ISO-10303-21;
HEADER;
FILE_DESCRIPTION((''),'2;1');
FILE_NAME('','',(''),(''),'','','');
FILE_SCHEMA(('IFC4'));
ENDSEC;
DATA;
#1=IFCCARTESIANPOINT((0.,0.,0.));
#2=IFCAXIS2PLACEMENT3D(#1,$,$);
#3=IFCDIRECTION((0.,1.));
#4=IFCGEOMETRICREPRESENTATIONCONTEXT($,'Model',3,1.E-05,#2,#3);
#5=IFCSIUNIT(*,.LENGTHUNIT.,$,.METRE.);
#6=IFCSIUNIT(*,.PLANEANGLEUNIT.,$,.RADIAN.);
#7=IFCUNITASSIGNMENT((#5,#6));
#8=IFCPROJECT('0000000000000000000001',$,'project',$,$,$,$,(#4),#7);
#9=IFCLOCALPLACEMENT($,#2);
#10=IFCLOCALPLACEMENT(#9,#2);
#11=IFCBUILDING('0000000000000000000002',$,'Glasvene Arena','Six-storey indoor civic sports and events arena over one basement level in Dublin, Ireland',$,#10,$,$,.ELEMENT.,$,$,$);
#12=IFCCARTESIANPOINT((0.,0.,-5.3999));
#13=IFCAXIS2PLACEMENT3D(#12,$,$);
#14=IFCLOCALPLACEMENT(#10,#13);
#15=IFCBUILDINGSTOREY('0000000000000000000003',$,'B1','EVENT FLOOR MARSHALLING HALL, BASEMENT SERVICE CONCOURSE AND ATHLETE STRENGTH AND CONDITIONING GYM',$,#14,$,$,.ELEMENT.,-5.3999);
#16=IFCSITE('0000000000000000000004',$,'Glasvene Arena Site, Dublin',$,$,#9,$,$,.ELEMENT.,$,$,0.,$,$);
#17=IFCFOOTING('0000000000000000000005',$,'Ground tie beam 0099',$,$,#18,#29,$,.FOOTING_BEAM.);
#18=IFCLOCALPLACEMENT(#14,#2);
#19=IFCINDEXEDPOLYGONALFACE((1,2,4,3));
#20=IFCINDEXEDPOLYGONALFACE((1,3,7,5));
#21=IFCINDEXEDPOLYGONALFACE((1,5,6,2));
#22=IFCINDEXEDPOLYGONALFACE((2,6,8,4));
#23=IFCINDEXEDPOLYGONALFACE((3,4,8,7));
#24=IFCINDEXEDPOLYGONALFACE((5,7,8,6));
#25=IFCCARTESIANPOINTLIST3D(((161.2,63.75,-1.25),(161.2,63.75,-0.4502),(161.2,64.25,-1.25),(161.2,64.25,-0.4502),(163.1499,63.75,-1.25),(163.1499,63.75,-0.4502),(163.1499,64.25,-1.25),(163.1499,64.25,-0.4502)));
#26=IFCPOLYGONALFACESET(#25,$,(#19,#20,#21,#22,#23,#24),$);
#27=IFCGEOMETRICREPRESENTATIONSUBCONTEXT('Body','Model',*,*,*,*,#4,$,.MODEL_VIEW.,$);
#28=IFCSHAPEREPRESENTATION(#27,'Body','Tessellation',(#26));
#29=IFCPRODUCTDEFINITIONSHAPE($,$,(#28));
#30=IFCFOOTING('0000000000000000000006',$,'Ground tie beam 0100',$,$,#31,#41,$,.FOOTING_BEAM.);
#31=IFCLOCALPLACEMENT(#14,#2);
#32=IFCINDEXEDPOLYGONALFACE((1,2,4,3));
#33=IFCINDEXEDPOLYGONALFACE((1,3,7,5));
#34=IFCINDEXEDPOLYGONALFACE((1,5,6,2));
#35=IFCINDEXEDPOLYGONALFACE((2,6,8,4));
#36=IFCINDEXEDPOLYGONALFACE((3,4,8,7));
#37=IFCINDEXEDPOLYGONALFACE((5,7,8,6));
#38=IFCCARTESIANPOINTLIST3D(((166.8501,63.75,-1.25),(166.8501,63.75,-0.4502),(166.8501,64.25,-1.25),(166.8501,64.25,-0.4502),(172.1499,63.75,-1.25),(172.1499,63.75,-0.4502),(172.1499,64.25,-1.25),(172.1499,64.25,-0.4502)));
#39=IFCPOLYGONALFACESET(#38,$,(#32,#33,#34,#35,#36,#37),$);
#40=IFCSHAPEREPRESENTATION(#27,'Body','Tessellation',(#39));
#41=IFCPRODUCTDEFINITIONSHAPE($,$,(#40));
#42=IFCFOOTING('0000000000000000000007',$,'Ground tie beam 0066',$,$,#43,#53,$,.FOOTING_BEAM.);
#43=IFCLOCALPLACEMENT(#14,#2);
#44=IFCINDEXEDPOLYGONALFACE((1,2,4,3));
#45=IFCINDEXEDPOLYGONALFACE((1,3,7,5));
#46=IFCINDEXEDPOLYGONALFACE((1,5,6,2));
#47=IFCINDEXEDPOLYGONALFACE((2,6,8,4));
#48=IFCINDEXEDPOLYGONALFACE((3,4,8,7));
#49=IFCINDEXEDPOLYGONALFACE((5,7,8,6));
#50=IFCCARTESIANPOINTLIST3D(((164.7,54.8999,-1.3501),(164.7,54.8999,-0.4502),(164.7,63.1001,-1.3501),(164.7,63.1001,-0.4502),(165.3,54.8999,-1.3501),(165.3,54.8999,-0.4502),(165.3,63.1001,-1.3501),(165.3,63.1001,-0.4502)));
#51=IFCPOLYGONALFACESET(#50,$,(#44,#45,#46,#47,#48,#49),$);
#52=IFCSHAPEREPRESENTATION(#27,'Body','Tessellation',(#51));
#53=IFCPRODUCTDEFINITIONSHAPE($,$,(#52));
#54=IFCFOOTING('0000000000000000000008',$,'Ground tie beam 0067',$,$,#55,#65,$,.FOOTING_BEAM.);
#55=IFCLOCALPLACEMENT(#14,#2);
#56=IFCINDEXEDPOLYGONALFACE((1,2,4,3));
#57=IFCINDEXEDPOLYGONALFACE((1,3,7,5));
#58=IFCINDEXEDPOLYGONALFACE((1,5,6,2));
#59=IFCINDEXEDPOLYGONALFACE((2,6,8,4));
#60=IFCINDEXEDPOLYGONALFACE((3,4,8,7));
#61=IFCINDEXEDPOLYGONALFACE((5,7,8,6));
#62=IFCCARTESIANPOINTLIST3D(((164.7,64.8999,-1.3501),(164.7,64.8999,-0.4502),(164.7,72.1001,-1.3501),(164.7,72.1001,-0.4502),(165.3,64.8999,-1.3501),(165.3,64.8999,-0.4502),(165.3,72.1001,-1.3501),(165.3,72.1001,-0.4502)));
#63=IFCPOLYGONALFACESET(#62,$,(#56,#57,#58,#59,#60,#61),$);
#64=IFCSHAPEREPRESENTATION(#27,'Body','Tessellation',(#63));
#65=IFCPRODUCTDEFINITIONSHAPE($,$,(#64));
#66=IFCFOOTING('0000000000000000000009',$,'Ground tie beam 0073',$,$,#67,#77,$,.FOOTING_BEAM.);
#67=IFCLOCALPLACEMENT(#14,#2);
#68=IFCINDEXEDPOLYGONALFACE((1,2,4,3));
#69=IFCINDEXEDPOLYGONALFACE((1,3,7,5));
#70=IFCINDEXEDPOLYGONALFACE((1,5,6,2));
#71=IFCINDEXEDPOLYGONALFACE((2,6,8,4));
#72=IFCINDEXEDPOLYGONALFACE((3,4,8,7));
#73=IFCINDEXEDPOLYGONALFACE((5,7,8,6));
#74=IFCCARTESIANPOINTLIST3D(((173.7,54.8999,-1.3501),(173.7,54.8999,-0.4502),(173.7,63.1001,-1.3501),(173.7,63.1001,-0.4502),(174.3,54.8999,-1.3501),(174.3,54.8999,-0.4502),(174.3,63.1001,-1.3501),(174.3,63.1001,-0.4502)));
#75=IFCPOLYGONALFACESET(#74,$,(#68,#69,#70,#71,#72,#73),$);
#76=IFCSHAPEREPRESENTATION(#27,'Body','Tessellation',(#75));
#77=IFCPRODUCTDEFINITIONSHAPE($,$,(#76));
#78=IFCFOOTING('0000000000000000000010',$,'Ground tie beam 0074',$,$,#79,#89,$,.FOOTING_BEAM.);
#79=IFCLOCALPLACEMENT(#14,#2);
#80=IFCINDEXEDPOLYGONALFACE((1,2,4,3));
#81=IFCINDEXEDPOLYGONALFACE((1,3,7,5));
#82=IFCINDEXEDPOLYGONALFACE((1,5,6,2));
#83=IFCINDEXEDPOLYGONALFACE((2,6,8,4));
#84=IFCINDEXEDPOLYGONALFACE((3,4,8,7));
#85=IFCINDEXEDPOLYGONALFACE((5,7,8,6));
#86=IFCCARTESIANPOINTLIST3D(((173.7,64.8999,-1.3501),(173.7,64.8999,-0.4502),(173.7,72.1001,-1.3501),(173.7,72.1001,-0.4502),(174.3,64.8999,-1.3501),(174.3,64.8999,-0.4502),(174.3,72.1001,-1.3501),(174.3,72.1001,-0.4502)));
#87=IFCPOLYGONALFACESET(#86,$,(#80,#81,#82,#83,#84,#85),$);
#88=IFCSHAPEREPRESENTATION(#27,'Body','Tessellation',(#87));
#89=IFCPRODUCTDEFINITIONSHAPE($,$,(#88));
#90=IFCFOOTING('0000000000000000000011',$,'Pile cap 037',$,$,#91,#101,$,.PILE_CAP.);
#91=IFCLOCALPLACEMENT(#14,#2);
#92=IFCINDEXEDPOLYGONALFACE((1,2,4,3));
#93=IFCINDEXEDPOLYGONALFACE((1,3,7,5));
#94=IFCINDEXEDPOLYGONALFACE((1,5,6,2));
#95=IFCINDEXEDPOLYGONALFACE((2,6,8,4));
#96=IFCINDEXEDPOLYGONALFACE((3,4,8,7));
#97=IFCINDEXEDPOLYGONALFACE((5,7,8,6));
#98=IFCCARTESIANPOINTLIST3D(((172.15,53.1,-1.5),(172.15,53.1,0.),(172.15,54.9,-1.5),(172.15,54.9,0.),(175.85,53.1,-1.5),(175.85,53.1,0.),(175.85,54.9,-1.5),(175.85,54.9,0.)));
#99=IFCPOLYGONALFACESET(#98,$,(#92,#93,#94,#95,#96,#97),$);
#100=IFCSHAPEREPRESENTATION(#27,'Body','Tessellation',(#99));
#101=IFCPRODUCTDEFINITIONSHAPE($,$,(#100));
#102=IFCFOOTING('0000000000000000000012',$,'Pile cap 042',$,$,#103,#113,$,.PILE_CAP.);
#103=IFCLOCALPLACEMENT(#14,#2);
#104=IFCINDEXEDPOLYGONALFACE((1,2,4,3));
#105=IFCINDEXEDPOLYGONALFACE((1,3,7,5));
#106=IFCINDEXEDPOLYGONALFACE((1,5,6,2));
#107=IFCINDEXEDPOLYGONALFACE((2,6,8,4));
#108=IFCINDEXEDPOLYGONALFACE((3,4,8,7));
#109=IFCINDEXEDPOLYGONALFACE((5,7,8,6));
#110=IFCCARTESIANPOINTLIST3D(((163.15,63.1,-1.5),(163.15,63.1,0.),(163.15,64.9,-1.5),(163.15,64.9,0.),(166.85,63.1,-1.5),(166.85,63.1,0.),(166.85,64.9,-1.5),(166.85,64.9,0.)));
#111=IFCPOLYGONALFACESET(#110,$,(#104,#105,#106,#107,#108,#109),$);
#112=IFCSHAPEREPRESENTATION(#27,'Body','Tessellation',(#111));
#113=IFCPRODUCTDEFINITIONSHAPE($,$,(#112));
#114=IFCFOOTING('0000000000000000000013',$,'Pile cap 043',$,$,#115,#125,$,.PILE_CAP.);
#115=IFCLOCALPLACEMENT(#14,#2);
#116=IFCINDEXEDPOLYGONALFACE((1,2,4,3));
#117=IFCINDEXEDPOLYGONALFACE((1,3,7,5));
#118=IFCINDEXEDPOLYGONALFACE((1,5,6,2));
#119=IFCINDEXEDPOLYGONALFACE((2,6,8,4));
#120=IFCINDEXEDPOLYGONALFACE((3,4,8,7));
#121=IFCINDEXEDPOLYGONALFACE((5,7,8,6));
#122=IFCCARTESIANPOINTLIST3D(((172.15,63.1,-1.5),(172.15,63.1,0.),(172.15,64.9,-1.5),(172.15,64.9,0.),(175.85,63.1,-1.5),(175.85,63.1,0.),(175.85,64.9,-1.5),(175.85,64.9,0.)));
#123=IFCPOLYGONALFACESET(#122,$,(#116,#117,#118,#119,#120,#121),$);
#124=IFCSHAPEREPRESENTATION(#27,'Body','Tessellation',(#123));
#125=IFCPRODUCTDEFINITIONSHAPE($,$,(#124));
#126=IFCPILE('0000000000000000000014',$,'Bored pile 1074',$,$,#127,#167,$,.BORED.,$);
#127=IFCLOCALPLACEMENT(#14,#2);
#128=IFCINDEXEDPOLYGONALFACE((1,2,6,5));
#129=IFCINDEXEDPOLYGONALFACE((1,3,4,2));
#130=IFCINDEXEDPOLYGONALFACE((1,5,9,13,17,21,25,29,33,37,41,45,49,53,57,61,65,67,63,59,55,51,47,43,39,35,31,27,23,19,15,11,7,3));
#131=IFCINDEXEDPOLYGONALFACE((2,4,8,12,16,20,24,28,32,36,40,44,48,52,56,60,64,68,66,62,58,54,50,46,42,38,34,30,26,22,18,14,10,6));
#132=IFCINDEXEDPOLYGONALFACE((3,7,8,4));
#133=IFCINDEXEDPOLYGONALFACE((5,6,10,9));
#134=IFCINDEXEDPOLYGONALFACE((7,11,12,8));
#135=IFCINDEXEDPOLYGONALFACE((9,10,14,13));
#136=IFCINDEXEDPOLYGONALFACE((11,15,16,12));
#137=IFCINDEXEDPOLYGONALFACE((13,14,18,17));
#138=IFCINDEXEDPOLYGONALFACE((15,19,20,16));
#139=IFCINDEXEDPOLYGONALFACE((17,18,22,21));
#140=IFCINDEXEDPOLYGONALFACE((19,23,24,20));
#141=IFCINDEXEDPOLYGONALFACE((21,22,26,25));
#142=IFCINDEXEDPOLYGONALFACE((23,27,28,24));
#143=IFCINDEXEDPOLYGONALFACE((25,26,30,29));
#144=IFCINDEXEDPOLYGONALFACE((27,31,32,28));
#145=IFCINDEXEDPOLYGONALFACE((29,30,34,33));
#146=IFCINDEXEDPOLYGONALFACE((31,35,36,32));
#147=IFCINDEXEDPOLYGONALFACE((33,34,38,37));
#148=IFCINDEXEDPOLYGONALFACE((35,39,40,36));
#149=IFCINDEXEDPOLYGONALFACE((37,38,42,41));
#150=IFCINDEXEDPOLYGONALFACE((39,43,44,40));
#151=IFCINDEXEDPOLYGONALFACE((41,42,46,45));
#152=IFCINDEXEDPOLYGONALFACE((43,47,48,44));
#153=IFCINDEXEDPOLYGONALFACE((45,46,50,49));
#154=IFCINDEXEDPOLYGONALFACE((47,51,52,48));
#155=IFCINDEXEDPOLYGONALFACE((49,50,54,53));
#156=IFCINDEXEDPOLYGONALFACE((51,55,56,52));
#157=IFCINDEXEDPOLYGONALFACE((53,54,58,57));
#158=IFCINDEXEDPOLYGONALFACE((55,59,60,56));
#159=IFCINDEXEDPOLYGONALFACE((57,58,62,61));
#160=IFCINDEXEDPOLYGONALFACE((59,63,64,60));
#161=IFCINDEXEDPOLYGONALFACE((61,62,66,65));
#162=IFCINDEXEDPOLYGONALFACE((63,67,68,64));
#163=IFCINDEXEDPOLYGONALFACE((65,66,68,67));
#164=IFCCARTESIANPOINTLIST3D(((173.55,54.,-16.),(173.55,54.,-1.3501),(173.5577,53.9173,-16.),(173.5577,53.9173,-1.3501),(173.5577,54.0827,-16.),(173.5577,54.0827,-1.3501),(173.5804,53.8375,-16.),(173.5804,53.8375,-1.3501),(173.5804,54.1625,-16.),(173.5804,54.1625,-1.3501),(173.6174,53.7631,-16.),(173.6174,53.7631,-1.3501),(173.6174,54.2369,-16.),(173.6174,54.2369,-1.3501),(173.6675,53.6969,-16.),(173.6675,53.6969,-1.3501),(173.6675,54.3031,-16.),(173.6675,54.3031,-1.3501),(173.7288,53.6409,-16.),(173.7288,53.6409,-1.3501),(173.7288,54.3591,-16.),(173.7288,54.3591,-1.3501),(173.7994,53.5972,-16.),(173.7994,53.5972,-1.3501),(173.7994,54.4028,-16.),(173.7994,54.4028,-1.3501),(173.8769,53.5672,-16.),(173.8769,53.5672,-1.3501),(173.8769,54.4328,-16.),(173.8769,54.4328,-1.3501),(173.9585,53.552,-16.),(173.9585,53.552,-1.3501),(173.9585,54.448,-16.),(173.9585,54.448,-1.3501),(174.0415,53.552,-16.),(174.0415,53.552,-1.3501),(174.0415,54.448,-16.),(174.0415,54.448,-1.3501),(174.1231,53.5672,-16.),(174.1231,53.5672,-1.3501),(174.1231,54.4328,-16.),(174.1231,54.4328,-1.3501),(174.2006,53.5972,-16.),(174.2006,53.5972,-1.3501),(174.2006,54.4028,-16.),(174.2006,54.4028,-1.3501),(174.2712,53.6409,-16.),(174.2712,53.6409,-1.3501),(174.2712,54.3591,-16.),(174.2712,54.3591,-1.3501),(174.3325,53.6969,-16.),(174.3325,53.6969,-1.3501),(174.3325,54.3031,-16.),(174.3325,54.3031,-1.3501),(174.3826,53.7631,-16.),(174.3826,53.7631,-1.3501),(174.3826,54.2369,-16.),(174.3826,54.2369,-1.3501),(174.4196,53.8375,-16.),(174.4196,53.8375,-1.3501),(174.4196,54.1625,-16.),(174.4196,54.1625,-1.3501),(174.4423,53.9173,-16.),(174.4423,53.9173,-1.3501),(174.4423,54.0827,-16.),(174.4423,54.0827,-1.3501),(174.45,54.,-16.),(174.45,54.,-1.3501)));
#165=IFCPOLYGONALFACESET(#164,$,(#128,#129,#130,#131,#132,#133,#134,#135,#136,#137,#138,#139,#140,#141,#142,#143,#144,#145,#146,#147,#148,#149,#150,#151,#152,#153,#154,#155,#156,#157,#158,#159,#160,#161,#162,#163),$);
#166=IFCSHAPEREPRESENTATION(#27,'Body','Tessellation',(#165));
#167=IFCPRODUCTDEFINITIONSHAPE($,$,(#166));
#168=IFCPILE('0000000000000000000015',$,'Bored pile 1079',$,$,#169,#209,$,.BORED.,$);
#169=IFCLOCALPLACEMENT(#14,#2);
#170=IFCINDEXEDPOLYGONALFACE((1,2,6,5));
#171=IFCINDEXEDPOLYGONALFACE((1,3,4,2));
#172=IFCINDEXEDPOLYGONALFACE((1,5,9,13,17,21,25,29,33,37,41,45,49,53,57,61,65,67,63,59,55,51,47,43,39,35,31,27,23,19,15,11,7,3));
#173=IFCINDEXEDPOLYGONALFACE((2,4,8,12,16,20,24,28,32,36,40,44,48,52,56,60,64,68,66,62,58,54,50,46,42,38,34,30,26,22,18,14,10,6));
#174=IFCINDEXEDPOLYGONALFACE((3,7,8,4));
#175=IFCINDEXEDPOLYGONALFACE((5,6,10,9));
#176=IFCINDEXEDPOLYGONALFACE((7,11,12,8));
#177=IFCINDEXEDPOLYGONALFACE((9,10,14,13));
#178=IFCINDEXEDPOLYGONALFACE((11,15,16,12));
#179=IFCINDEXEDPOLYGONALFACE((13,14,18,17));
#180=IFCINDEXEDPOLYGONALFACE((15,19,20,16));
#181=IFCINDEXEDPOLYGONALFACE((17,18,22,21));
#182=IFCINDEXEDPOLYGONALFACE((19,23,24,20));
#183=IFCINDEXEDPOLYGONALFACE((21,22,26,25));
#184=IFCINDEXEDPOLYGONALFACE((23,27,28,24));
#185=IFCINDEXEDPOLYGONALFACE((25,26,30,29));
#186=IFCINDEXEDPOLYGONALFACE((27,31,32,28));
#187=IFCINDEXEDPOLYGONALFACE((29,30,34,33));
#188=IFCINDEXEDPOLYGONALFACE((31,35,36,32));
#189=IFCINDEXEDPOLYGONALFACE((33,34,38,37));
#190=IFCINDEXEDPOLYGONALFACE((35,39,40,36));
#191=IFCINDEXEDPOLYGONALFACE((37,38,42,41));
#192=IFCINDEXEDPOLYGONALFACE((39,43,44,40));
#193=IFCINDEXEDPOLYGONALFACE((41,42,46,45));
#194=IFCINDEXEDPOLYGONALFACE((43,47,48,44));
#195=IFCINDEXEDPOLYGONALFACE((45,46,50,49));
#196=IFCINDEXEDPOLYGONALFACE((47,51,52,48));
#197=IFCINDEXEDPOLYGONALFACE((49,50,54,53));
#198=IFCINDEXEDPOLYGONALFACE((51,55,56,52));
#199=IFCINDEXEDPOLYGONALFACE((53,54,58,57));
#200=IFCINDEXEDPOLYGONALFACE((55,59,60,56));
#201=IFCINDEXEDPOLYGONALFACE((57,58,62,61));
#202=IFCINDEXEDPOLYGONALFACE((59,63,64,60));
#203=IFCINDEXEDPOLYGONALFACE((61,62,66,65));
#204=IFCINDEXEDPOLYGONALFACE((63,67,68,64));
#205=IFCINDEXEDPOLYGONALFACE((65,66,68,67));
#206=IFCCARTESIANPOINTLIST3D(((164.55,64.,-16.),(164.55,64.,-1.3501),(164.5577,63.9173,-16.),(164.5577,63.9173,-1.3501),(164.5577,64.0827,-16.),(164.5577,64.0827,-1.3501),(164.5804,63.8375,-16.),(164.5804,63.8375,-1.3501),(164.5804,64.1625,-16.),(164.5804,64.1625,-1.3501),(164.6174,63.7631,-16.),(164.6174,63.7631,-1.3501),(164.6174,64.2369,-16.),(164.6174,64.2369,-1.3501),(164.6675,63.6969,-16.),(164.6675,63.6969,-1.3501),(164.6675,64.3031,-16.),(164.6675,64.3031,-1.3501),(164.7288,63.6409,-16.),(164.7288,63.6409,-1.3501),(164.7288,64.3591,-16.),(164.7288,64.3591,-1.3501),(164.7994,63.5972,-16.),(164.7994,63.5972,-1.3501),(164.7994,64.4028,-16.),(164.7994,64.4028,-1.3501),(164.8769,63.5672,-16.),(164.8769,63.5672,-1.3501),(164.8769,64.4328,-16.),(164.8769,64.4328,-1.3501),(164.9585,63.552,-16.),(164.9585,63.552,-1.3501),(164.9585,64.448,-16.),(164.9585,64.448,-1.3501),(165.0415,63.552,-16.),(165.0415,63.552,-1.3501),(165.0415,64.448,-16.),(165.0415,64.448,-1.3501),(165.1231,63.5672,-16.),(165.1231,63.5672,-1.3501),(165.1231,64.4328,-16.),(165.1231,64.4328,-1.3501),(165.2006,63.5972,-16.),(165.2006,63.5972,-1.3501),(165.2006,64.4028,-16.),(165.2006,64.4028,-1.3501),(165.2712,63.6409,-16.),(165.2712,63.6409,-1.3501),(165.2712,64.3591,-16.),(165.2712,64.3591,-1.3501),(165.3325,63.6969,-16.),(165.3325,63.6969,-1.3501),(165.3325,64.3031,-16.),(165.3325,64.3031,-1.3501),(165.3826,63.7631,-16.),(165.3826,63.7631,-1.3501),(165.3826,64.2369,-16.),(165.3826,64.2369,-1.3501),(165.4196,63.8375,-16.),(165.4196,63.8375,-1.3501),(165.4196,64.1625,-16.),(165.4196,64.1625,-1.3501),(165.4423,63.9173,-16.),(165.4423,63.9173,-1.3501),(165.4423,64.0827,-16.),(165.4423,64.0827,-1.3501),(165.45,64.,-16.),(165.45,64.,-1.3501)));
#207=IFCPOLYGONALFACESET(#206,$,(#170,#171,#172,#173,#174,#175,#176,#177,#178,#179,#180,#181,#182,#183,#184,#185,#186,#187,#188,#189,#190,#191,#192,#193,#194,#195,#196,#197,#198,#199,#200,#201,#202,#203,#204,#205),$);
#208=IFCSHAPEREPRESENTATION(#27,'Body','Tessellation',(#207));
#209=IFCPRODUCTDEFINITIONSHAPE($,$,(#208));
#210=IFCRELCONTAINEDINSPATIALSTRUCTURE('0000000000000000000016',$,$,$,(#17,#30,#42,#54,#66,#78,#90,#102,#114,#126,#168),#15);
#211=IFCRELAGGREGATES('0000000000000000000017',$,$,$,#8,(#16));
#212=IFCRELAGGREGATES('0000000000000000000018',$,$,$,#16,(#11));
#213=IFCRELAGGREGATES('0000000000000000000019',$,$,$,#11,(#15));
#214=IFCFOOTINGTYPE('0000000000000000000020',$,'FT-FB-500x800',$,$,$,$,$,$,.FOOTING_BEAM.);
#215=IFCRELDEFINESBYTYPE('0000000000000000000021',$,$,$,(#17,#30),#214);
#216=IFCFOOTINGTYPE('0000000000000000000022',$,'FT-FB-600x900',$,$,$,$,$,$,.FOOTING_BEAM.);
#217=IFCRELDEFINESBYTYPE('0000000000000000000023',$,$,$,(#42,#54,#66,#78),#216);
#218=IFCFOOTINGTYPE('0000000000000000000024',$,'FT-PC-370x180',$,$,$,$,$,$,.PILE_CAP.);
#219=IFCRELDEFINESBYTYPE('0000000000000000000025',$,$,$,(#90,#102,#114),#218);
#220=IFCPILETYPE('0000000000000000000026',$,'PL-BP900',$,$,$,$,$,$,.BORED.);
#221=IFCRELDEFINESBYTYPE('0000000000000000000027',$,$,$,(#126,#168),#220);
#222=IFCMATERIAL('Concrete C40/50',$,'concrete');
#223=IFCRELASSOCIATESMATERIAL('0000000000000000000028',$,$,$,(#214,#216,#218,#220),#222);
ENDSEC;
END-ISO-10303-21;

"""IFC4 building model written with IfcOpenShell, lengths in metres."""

from ifc_helpers import new_model, si_unit, direction, frame, origin, origin_2d, place, context, subcontext, project, spatial, polyline, rectangle, circle, outline, extrude, material, material_profile, profile_set, type_object, element, save


model = new_model("IFC4")

# Units and contexts
model_context = context("Model", 3, precision=1e-05, world=origin(), true_north=direction((0.0, 1.0)))
body_context = subcontext(model_context, "Body", "Model", "MODEL_VIEW")
ifc_project = project(units=[si_unit("LENGTHUNIT", "METRE"), si_unit("PLANEANGLEUNIT", "RADIAN")], contexts=[model_context])

# Site, building, storey
site_placement = place(None, origin())
site = spatial("IfcSite", under=ifc_project, at=site_placement, Name="Glasvene Arena Site, Dublin", CompositionType="ELEMENT", RefElevation=0.0)
building_placement = place(site_placement, origin())
building = spatial("IfcBuilding", under=site, at=building_placement, Name="Glasvene Arena", Description="Six-storey indoor civic sports and events arena over one basement level in Dublin, Ireland", CompositionType="ELEMENT")
storey_placement = place(building_placement, frame((0.0, 0.0, -5.3999)))
storey = spatial("IfcBuildingStorey", under=building, at=storey_placement, Name="B1", Description="EVENT FLOOR MARSHALLING HALL, BASEMENT SERVICE CONCOURSE AND ATHLETE STRENGTH AND CONDITIONING GYM", CompositionType="ELEMENT", Elevation=-5.3999)

# Footings
ifc_material_1 = material(Name="Concrete C40/50", Category="concrete")
footing_type_1 = type_object("IfcFootingType", Name="FT-FB-500x800", PredefinedType="FOOTING_BEAM", material=ifc_material_1)
footing_1_placement = place(storey_placement, frame((162.175, 64.0, -1.25)))
element("IfcFooting", 1, at=footing_1_placement, inside=storey, type_object=footing_type_1, Name="Ground tie beam 0099", PredefinedType="FOOTING_BEAM", context=body_context, shape_type="SweptSolid", body=[
    extrude(outline(polyline([(-0.9751, -0.25), (0.9749, -0.25), (0.9749, 0.25), (-0.9751, 0.25), (-0.9751, -0.25)])), origin(), (0.0, 0.0, 1.0), 0.7998),
])
footing_2_placement = place(storey_placement, frame((169.5, 64.0, -1.25)))
element("IfcFooting", 2, at=footing_2_placement, inside=storey, type_object=footing_type_1, Name="Ground tie beam 0100", PredefinedType="FOOTING_BEAM", context=body_context, shape_type="SweptSolid", body=[
    extrude(outline(polyline([(-2.6499, -0.25), (2.6499, -0.25), (2.6499, 0.25), (-2.6499, 0.25), (-2.6499, -0.25)])), origin(), (0.0, 0.0, 1.0), 0.7998),
])
footing_type_2 = type_object("IfcFootingType", Name="FT-FB-600x900", PredefinedType="FOOTING_BEAM", material=ifc_material_1)
footing_3_placement = place(storey_placement, frame((165.0, 59.0, -1.3501)))
element("IfcFooting", 3, at=footing_3_placement, inside=storey, type_object=footing_type_2, Name="Ground tie beam 0066", PredefinedType="FOOTING_BEAM", context=body_context, shape_type="SweptSolid", body=[
    extrude(outline(polyline([(-0.3, -4.1001), (0.3, -4.1001), (0.3, 4.1001), (-0.3, 4.1001), (-0.3, -4.1001)])), origin(), (0.0, 0.0, 1.0), 0.8999),
])
footing_4_placement = place(storey_placement, frame((165.0, 68.5, -1.3501)))
element("IfcFooting", 4, at=footing_4_placement, inside=storey, type_object=footing_type_2, Name="Ground tie beam 0067", PredefinedType="FOOTING_BEAM", context=body_context, shape_type="SweptSolid", body=[
    extrude(outline(polyline([(-0.3, -3.6001), (0.3, -3.6001), (0.3, 3.6001), (-0.3, 3.6001), (-0.3, -3.6001)])), origin(), (0.0, 0.0, 1.0), 0.8999),
])
footing_5_placement = place(storey_placement, frame((174.0, 59.0, -1.3501)))
element("IfcFooting", 5, at=footing_5_placement, inside=storey, type_object=footing_type_2, Name="Ground tie beam 0073", PredefinedType="FOOTING_BEAM", context=body_context, shape_type="SweptSolid", body=[
    extrude(outline(polyline([(-0.3, -4.1001), (0.3, -4.1001), (0.3, 4.1001), (-0.3, 4.1001), (-0.3, -4.1001)])), origin(), (0.0, 0.0, 1.0), 0.8999),
])
footing_6_placement = place(storey_placement, frame((174.0, 68.5, -1.3501)))
element("IfcFooting", 6, at=footing_6_placement, inside=storey, type_object=footing_type_2, Name="Ground tie beam 0074", PredefinedType="FOOTING_BEAM", context=body_context, shape_type="SweptSolid", body=[
    extrude(outline(polyline([(-0.3, -3.6001), (0.3, -3.6001), (0.3, 3.6001), (-0.3, 3.6001), (-0.3, -3.6001)])), origin(), (0.0, 0.0, 1.0), 0.8999),
])
footing_type_3 = type_object("IfcFootingType", Name="FT-PC-370x180", PredefinedType="PILE_CAP", material=ifc_material_1)
for number, where, z_axis, x_axis, name in (
    (7, (174.0, 54.0, -1.5), (0.0, 0.0, 1.0), (1.0, 0.0, 0.0), "Pile cap 037"),
    (8, (165.0, 64.0, -1.5), (0.0, 0.0, 1.0), (1.0, 0.0, 0.0), "Pile cap 042"),
    (9, (174.0, 64.0, -1.5), (0.0, 0.0, 1.0), (1.0, 0.0, 0.0), "Pile cap 043"),
):
    element("IfcFooting", number, at=place(storey_placement, frame(where, z_axis=z_axis, x_axis=x_axis)), inside=storey, type_object=footing_type_3, Name=name, PredefinedType="PILE_CAP", context=body_context, shape_type="SweptSolid", body=[
        extrude(rectangle(XDim=3.7, YDim=1.8, at=origin_2d()), origin(), (0.0, 0.0, 1.0), 1.5),
    ])

# Piles
ifc_material_profile_1 = material_profile(ifc_material_1, circle(Radius=0.45, at=origin_2d()), Name="BORED PILE 900")
ifc_profile_set_1 = profile_set([ifc_material_profile_1], Name="Concrete C40/50")
pile_type = type_object("IfcPileType", Name="PL-BP900", PredefinedType="BORED", material=ifc_profile_set_1)
for number, where, z_axis, x_axis, name in (
    (10, (174.0, 54.0, -1.3501), (0.0, 0.0, -1.0), (1.0, 0.0, 0.0), "Bored pile 1074"),
    (11, (165.0, 64.0, -1.3501), (0.0, 0.0, -1.0), (1.0, 0.0, 0.0), "Bored pile 1079"),
):
    element("IfcPile", number, at=place(storey_placement, frame(where, z_axis=z_axis, x_axis=x_axis)), inside=storey, type_object=pile_type, Name=name, PredefinedType="BORED", context=body_context, shape_type="SweptSolid", body=[
        extrude(circle(Radius=0.45, at=origin_2d()), origin(), (0.0, 0.0, 1.0), 14.6499),
    ])

save(model, "model.ifc")
